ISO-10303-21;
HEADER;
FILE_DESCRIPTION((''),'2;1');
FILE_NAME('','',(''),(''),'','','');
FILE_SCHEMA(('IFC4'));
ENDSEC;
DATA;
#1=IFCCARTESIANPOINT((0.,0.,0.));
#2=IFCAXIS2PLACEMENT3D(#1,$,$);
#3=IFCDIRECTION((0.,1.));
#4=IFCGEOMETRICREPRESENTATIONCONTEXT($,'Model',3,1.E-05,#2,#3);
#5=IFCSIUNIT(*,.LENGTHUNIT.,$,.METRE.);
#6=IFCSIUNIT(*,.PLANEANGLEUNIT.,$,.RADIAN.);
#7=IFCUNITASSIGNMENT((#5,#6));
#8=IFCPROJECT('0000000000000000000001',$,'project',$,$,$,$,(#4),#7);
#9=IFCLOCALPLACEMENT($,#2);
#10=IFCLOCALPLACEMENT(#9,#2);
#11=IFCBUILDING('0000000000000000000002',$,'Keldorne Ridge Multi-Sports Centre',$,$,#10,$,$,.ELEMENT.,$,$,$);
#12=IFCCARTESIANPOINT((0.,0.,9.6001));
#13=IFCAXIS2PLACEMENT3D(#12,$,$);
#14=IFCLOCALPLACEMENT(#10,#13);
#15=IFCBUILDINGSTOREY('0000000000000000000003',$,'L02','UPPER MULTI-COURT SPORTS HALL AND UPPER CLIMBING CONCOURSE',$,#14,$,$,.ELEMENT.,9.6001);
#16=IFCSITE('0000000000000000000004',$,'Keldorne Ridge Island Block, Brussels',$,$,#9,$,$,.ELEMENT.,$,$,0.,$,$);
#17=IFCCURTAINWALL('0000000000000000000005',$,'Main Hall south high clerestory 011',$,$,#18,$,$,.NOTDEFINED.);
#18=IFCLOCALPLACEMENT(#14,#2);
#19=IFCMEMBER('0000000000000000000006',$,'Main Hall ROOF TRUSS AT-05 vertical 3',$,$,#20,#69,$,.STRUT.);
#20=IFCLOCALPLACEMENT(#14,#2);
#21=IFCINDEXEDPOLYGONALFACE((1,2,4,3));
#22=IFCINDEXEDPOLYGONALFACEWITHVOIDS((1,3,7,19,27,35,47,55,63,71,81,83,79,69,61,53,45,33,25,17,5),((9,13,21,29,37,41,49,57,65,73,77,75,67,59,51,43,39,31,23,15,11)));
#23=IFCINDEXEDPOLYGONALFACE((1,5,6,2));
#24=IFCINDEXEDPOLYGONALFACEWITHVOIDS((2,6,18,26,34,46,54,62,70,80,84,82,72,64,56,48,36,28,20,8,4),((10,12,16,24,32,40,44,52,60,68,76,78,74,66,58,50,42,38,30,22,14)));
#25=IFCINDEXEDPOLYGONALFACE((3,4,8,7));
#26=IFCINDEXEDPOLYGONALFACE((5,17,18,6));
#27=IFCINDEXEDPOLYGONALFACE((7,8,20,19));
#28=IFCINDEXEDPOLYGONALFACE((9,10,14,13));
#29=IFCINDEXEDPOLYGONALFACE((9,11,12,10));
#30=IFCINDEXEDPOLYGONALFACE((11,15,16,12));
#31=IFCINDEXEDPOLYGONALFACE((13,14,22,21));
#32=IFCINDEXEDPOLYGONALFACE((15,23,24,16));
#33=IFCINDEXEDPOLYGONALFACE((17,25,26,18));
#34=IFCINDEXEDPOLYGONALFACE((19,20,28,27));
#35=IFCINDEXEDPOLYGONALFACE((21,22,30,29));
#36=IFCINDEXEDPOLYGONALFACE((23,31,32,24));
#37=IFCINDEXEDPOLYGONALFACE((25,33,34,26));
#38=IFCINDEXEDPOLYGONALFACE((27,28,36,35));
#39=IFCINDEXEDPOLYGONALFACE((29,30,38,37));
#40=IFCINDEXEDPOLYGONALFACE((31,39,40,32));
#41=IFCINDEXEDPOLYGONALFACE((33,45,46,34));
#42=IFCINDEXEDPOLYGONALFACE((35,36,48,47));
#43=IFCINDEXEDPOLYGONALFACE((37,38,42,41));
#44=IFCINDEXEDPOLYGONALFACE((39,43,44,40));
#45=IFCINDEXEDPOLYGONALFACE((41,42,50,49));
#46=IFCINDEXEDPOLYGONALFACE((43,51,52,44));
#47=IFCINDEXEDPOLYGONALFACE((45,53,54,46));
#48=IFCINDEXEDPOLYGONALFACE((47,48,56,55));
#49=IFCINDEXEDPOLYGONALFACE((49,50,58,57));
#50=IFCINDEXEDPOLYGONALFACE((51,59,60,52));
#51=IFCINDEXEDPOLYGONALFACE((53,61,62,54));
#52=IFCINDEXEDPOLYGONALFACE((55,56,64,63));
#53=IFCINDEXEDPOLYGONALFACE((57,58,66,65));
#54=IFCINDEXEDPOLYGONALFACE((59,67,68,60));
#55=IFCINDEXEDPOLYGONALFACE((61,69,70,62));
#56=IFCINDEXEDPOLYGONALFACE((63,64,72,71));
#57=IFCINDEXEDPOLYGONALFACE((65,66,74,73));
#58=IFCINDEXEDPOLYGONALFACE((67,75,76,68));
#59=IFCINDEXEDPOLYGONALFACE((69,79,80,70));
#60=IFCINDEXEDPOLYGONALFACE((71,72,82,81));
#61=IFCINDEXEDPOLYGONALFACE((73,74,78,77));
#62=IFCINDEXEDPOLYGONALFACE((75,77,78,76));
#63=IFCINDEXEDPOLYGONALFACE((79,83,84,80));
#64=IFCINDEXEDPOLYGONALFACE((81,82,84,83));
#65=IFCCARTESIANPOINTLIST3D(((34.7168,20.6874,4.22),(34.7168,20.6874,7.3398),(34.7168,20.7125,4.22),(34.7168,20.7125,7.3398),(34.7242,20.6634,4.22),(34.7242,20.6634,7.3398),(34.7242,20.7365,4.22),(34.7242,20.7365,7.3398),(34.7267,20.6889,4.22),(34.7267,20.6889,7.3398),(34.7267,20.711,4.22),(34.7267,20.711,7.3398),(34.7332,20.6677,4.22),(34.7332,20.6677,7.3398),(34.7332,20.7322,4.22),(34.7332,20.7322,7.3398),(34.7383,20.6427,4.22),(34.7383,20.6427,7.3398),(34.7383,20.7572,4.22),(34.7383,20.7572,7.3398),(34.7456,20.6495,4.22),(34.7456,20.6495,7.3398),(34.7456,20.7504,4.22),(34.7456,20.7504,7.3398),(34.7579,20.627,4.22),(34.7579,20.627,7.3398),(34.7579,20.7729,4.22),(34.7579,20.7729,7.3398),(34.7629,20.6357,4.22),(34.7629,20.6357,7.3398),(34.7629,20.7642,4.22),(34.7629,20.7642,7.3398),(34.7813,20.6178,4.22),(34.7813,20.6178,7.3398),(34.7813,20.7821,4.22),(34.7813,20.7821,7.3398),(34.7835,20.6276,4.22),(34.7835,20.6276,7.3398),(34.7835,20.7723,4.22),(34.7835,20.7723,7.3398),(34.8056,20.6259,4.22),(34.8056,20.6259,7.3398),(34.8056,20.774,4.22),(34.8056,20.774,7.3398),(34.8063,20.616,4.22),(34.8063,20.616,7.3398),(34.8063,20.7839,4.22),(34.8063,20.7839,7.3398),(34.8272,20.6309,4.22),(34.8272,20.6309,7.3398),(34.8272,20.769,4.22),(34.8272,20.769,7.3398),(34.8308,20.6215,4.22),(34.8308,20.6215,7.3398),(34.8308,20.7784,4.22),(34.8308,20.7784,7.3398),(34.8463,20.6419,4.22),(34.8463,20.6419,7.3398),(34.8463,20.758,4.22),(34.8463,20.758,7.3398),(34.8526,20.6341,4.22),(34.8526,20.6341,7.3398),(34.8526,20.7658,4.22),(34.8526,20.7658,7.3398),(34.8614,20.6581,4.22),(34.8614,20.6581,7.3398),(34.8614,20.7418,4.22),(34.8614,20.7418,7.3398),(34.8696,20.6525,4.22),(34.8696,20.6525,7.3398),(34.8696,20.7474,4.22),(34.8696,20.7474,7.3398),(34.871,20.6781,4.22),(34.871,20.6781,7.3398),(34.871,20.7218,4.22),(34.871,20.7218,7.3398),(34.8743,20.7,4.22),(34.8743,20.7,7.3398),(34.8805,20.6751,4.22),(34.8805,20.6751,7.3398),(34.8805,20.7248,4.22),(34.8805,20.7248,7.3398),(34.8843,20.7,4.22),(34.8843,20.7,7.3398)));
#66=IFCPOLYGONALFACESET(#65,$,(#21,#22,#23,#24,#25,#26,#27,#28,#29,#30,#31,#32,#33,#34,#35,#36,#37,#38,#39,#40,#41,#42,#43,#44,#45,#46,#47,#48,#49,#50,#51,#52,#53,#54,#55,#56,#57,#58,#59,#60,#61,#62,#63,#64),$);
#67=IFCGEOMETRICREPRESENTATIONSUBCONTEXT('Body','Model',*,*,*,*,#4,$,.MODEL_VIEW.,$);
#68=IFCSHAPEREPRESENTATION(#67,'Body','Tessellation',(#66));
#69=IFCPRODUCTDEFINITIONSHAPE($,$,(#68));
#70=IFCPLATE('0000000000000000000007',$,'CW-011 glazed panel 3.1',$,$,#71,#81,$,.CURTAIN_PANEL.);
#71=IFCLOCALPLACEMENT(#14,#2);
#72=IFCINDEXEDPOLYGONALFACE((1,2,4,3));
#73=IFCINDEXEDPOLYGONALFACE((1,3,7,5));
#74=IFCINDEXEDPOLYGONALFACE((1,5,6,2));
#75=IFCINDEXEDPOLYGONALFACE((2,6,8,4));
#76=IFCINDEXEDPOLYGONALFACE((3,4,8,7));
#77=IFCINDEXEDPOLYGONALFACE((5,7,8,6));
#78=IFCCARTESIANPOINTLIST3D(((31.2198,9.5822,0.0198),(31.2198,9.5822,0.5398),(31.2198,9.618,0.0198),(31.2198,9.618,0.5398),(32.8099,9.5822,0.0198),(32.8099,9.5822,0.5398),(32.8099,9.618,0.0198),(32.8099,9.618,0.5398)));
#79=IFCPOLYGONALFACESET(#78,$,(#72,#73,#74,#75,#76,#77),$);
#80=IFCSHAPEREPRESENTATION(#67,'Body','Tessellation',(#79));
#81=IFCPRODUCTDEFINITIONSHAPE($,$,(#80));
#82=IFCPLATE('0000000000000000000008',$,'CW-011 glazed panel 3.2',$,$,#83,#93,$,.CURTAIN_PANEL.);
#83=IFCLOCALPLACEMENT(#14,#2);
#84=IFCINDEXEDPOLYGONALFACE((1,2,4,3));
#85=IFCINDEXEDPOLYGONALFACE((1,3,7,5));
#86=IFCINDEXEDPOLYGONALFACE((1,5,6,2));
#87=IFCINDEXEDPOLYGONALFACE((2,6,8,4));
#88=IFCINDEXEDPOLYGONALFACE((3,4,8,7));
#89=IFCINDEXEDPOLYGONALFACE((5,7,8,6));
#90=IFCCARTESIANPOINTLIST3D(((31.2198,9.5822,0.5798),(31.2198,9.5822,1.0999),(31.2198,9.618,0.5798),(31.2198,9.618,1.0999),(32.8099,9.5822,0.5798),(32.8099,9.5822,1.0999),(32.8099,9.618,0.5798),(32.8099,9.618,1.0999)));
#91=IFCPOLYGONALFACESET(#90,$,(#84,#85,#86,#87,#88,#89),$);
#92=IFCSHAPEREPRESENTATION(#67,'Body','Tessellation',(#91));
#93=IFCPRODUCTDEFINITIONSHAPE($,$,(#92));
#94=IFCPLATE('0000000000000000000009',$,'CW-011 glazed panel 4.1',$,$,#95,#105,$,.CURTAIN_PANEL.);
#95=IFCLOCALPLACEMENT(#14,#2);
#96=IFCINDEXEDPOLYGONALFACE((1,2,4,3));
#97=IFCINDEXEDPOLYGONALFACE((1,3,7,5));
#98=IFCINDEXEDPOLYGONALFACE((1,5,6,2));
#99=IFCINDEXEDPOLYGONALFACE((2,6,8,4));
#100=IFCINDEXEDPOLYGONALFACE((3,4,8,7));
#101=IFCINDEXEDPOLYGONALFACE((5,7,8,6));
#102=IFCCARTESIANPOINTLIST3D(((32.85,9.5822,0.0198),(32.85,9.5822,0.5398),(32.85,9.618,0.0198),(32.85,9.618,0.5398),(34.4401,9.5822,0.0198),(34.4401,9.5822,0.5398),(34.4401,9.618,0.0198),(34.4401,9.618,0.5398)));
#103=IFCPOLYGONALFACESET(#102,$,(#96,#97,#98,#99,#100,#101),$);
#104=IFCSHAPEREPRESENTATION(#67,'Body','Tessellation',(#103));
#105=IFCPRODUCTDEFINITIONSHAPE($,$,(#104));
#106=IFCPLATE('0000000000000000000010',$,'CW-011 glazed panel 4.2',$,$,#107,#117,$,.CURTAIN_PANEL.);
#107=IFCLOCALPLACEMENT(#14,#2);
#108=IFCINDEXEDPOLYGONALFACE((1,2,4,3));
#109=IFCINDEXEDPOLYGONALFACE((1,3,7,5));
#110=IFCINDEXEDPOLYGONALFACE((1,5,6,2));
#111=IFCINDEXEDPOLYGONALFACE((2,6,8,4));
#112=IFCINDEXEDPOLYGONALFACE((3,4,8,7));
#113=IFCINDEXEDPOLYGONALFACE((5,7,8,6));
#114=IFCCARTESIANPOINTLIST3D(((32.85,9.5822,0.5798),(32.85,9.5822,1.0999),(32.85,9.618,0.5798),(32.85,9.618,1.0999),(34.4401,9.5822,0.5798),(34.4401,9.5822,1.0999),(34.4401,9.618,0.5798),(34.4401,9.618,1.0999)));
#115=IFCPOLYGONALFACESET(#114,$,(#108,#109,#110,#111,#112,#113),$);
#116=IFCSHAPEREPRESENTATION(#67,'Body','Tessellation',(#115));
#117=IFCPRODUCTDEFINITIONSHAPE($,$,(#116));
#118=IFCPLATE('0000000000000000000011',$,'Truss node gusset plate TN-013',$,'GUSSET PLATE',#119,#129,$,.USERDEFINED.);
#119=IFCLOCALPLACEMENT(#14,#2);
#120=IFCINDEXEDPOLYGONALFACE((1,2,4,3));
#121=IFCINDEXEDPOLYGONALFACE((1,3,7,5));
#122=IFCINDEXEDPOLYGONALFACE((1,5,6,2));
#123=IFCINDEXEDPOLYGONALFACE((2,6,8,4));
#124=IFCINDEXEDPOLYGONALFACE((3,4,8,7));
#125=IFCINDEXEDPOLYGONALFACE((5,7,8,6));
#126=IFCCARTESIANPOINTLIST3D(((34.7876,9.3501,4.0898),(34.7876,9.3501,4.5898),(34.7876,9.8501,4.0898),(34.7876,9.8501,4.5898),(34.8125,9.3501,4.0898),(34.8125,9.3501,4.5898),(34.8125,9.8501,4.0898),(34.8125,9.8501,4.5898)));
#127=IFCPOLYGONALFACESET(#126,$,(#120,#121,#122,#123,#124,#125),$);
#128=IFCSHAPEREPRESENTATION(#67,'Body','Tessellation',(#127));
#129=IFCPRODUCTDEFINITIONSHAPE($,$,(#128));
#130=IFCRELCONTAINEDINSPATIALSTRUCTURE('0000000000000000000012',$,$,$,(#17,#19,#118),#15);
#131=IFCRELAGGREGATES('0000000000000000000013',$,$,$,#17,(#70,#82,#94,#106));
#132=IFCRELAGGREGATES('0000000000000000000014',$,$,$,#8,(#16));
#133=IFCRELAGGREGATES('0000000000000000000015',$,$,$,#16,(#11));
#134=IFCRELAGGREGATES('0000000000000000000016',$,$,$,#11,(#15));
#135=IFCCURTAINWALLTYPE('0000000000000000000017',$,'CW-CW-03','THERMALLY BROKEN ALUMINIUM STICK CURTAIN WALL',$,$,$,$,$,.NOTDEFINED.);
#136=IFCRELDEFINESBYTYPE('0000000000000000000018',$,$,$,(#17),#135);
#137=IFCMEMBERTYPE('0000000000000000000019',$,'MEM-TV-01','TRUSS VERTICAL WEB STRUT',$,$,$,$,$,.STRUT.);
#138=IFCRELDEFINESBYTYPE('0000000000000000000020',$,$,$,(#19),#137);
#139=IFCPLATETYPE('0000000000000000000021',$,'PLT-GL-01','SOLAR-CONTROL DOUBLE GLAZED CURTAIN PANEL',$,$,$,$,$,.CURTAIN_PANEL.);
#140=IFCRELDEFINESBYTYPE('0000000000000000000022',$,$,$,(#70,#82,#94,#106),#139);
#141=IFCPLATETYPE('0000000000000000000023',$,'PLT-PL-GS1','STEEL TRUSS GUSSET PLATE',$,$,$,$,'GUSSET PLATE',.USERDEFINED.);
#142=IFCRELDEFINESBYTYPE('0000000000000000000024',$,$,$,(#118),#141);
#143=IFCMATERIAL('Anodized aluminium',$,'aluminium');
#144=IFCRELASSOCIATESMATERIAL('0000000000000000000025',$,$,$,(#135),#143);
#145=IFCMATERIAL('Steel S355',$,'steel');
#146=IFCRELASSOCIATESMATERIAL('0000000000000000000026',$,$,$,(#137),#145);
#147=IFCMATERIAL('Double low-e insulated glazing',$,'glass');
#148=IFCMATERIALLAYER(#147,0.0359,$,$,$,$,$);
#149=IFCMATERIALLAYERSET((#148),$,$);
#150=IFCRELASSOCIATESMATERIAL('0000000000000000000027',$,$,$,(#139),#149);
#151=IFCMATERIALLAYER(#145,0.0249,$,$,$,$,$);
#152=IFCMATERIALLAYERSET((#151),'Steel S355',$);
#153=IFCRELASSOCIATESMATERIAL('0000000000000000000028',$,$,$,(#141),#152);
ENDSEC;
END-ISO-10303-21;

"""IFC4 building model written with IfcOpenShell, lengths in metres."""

from ifc_helpers import new_model, si_unit, direction, frame, origin, origin_2d, place, context, subcontext, project, spatial, rectangle, hollow_circle, extrude, material, layer, layer_set, material_profile, profile_set, type_object, element, aggregate, save


model = new_model("IFC4")

# Units and contexts
model_context = context("Model", 3, precision=1e-05, world=origin(), true_north=direction((0.0, 1.0)))
body_context = subcontext(model_context, "Body", "Model", "MODEL_VIEW")
ifc_project = project(units=[si_unit("LENGTHUNIT", "METRE"), si_unit("PLANEANGLEUNIT", "RADIAN")], contexts=[model_context])

# Site, building, storey
site_placement = place(None, origin())
site = spatial("IfcSite", under=ifc_project, at=site_placement, Name="Keldorne Ridge Island Block, Brussels", CompositionType="ELEMENT", RefElevation=0.0)
building_placement = place(site_placement, origin())
building = spatial("IfcBuilding", under=site, at=building_placement, Name="Keldorne Ridge Multi-Sports Centre", CompositionType="ELEMENT")
storey_placement = place(building_placement, frame((0.0, 0.0, 9.6001)))
storey = spatial("IfcBuildingStorey", under=building, at=storey_placement, Name="L02", Description="UPPER MULTI-COURT SPORTS HALL AND UPPER CLIMBING CONCOURSE", CompositionType="ELEMENT", Elevation=9.6001)

# Shared definitions
ifc_material_1 = material(Name="Steel S355", Category="steel")

# Curtain wall
ifc_material_2 = material(Name="Anodized aluminium", Category="aluminium")
curtain_wall_type = type_object("IfcCurtainWallType", Name="CW-CW-03", Description="THERMALLY BROKEN ALUMINIUM STICK CURTAIN WALL", PredefinedType="NOTDEFINED", material=ifc_material_2)
curtain_wall_placement = place(storey_placement, origin())
curtain_wall = element("IfcCurtainWall", 1, at=curtain_wall_placement, inside=storey, type_object=curtain_wall_type, Name="Main Hall south high clerestory 011", PredefinedType="NOTDEFINED")

# Member
ifc_material_profile_1 = material_profile(ifc_material_1, hollow_circle(Radius=0.0842, WallThickness=0.01, at=origin_2d()), Name="CHS 168.3x10")
ifc_profile_set_1 = profile_set([ifc_material_profile_1], Name="Steel S355")
member_type_1 = type_object("IfcMemberType", Name="MEM-TV-01", Description="TRUSS VERTICAL WEB STRUT", PredefinedType="STRUT", material=ifc_profile_set_1)
for number, where, z_axis, x_axis, name in (
    (2, (34.8, 20.7, 4.22), (0.0, 0.0, 1.0), (1.0, 0.0, 0.0), "Main Hall ROOF TRUSS AT-05 vertical 3"),
):
    element("IfcMember", number, at=place(storey_placement, frame(where, z_axis=z_axis, x_axis=x_axis)), inside=storey, type_object=member_type_1, Name=name, PredefinedType="STRUT", context=body_context, shape_type="SweptSolid", body=[
        extrude(hollow_circle(Radius=0.0842, WallThickness=0.01, at=origin_2d()), origin(), (0.0, 0.0, 1.0), 3.1199),
    ])

# Plates
ifc_material_3 = material(Name="Double low-e insulated glazing", Category="glass")
ifc_layer_1 = layer(ifc_material_3, 0.0359)
ifc_layer_set_1 = layer_set([ifc_layer_1])
plate_type_1 = type_object("IfcPlateType", Name="PLT-GL-01", Description="SOLAR-CONTROL DOUBLE GLAZED CURTAIN PANEL", PredefinedType="CURTAIN_PANEL", material=ifc_layer_set_1)
plate_1_placement = place(storey_placement, frame((32.0149, 9.6001, 0.0198), z_axis=(0.0, 0.0, 1.0), x_axis=(1.0, 0.0, 0.0)))
plate_1 = element("IfcPlate", 3, at=plate_1_placement, type_object=plate_type_1, Name="CW-011 glazed panel 3.1", PredefinedType="CURTAIN_PANEL", context=body_context, shape_type="SweptSolid", body=[
    extrude(rectangle(XDim=1.5901, YDim=0.0359, at=origin_2d()), origin(), (0.0, 0.0, 1.0), 0.52),
])
plate_2_placement = place(storey_placement, frame((32.0149, 9.6001, 0.5798), z_axis=(0.0, 0.0, 1.0), x_axis=(1.0, 0.0, 0.0)))
plate_2 = element("IfcPlate", 4, at=plate_2_placement, type_object=plate_type_1, Name="CW-011 glazed panel 3.2", PredefinedType="CURTAIN_PANEL", context=body_context, shape_type="SweptSolid", body=[
    extrude(rectangle(XDim=1.5901, YDim=0.0359, at=origin_2d()), origin(), (0.0, 0.0, 1.0), 0.52),
])
plate_3_placement = place(storey_placement, frame((33.645, 9.6001, 0.0198), z_axis=(0.0, 0.0, 1.0), x_axis=(1.0, 0.0, 0.0)))
plate_3 = element("IfcPlate", 5, at=plate_3_placement, type_object=plate_type_1, Name="CW-011 glazed panel 4.1", PredefinedType="CURTAIN_PANEL", context=body_context, shape_type="SweptSolid", body=[
    extrude(rectangle(XDim=1.5901, YDim=0.0359, at=origin_2d()), origin(), (0.0, 0.0, 1.0), 0.52),
])
plate_4_placement = place(storey_placement, frame((33.645, 9.6001, 0.5798), z_axis=(0.0, 0.0, 1.0), x_axis=(1.0, 0.0, 0.0)))
plate_4 = element("IfcPlate", 6, at=plate_4_placement, type_object=plate_type_1, Name="CW-011 glazed panel 4.2", PredefinedType="CURTAIN_PANEL", context=body_context, shape_type="SweptSolid", body=[
    extrude(rectangle(XDim=1.5901, YDim=0.0359, at=origin_2d()), origin(), (0.0, 0.0, 1.0), 0.52),
])
aggregate(curtain_wall, [plate_1, plate_2, plate_3, plate_4])
ifc_layer_2 = layer(ifc_material_1, 0.0249)
ifc_layer_set_2 = layer_set([ifc_layer_2], Name="Steel S355")
plate_type_2 = type_object("IfcPlateType", Name="PLT-PL-GS1", Description="STEEL TRUSS GUSSET PLATE", ElementType="GUSSET PLATE", PredefinedType="USERDEFINED", material=ifc_layer_set_2)
plate_5_placement = place(storey_placement, frame((34.8, 9.6001, 4.0898), z_axis=(0.0, 0.0, 1.0), x_axis=(1.0, 0.0, 0.0)))
element("IfcPlate", 7, at=plate_5_placement, inside=storey, type_object=plate_type_2, Name="Truss node gusset plate TN-013", ObjectType="GUSSET PLATE", PredefinedType="USERDEFINED", context=body_context, shape_type="SweptSolid", body=[
    extrude(rectangle(XDim=0.0249, YDim=0.5, at=origin_2d()), origin(), (0.0, 0.0, 1.0), 0.5),
])

save(model, "model.ifc")
